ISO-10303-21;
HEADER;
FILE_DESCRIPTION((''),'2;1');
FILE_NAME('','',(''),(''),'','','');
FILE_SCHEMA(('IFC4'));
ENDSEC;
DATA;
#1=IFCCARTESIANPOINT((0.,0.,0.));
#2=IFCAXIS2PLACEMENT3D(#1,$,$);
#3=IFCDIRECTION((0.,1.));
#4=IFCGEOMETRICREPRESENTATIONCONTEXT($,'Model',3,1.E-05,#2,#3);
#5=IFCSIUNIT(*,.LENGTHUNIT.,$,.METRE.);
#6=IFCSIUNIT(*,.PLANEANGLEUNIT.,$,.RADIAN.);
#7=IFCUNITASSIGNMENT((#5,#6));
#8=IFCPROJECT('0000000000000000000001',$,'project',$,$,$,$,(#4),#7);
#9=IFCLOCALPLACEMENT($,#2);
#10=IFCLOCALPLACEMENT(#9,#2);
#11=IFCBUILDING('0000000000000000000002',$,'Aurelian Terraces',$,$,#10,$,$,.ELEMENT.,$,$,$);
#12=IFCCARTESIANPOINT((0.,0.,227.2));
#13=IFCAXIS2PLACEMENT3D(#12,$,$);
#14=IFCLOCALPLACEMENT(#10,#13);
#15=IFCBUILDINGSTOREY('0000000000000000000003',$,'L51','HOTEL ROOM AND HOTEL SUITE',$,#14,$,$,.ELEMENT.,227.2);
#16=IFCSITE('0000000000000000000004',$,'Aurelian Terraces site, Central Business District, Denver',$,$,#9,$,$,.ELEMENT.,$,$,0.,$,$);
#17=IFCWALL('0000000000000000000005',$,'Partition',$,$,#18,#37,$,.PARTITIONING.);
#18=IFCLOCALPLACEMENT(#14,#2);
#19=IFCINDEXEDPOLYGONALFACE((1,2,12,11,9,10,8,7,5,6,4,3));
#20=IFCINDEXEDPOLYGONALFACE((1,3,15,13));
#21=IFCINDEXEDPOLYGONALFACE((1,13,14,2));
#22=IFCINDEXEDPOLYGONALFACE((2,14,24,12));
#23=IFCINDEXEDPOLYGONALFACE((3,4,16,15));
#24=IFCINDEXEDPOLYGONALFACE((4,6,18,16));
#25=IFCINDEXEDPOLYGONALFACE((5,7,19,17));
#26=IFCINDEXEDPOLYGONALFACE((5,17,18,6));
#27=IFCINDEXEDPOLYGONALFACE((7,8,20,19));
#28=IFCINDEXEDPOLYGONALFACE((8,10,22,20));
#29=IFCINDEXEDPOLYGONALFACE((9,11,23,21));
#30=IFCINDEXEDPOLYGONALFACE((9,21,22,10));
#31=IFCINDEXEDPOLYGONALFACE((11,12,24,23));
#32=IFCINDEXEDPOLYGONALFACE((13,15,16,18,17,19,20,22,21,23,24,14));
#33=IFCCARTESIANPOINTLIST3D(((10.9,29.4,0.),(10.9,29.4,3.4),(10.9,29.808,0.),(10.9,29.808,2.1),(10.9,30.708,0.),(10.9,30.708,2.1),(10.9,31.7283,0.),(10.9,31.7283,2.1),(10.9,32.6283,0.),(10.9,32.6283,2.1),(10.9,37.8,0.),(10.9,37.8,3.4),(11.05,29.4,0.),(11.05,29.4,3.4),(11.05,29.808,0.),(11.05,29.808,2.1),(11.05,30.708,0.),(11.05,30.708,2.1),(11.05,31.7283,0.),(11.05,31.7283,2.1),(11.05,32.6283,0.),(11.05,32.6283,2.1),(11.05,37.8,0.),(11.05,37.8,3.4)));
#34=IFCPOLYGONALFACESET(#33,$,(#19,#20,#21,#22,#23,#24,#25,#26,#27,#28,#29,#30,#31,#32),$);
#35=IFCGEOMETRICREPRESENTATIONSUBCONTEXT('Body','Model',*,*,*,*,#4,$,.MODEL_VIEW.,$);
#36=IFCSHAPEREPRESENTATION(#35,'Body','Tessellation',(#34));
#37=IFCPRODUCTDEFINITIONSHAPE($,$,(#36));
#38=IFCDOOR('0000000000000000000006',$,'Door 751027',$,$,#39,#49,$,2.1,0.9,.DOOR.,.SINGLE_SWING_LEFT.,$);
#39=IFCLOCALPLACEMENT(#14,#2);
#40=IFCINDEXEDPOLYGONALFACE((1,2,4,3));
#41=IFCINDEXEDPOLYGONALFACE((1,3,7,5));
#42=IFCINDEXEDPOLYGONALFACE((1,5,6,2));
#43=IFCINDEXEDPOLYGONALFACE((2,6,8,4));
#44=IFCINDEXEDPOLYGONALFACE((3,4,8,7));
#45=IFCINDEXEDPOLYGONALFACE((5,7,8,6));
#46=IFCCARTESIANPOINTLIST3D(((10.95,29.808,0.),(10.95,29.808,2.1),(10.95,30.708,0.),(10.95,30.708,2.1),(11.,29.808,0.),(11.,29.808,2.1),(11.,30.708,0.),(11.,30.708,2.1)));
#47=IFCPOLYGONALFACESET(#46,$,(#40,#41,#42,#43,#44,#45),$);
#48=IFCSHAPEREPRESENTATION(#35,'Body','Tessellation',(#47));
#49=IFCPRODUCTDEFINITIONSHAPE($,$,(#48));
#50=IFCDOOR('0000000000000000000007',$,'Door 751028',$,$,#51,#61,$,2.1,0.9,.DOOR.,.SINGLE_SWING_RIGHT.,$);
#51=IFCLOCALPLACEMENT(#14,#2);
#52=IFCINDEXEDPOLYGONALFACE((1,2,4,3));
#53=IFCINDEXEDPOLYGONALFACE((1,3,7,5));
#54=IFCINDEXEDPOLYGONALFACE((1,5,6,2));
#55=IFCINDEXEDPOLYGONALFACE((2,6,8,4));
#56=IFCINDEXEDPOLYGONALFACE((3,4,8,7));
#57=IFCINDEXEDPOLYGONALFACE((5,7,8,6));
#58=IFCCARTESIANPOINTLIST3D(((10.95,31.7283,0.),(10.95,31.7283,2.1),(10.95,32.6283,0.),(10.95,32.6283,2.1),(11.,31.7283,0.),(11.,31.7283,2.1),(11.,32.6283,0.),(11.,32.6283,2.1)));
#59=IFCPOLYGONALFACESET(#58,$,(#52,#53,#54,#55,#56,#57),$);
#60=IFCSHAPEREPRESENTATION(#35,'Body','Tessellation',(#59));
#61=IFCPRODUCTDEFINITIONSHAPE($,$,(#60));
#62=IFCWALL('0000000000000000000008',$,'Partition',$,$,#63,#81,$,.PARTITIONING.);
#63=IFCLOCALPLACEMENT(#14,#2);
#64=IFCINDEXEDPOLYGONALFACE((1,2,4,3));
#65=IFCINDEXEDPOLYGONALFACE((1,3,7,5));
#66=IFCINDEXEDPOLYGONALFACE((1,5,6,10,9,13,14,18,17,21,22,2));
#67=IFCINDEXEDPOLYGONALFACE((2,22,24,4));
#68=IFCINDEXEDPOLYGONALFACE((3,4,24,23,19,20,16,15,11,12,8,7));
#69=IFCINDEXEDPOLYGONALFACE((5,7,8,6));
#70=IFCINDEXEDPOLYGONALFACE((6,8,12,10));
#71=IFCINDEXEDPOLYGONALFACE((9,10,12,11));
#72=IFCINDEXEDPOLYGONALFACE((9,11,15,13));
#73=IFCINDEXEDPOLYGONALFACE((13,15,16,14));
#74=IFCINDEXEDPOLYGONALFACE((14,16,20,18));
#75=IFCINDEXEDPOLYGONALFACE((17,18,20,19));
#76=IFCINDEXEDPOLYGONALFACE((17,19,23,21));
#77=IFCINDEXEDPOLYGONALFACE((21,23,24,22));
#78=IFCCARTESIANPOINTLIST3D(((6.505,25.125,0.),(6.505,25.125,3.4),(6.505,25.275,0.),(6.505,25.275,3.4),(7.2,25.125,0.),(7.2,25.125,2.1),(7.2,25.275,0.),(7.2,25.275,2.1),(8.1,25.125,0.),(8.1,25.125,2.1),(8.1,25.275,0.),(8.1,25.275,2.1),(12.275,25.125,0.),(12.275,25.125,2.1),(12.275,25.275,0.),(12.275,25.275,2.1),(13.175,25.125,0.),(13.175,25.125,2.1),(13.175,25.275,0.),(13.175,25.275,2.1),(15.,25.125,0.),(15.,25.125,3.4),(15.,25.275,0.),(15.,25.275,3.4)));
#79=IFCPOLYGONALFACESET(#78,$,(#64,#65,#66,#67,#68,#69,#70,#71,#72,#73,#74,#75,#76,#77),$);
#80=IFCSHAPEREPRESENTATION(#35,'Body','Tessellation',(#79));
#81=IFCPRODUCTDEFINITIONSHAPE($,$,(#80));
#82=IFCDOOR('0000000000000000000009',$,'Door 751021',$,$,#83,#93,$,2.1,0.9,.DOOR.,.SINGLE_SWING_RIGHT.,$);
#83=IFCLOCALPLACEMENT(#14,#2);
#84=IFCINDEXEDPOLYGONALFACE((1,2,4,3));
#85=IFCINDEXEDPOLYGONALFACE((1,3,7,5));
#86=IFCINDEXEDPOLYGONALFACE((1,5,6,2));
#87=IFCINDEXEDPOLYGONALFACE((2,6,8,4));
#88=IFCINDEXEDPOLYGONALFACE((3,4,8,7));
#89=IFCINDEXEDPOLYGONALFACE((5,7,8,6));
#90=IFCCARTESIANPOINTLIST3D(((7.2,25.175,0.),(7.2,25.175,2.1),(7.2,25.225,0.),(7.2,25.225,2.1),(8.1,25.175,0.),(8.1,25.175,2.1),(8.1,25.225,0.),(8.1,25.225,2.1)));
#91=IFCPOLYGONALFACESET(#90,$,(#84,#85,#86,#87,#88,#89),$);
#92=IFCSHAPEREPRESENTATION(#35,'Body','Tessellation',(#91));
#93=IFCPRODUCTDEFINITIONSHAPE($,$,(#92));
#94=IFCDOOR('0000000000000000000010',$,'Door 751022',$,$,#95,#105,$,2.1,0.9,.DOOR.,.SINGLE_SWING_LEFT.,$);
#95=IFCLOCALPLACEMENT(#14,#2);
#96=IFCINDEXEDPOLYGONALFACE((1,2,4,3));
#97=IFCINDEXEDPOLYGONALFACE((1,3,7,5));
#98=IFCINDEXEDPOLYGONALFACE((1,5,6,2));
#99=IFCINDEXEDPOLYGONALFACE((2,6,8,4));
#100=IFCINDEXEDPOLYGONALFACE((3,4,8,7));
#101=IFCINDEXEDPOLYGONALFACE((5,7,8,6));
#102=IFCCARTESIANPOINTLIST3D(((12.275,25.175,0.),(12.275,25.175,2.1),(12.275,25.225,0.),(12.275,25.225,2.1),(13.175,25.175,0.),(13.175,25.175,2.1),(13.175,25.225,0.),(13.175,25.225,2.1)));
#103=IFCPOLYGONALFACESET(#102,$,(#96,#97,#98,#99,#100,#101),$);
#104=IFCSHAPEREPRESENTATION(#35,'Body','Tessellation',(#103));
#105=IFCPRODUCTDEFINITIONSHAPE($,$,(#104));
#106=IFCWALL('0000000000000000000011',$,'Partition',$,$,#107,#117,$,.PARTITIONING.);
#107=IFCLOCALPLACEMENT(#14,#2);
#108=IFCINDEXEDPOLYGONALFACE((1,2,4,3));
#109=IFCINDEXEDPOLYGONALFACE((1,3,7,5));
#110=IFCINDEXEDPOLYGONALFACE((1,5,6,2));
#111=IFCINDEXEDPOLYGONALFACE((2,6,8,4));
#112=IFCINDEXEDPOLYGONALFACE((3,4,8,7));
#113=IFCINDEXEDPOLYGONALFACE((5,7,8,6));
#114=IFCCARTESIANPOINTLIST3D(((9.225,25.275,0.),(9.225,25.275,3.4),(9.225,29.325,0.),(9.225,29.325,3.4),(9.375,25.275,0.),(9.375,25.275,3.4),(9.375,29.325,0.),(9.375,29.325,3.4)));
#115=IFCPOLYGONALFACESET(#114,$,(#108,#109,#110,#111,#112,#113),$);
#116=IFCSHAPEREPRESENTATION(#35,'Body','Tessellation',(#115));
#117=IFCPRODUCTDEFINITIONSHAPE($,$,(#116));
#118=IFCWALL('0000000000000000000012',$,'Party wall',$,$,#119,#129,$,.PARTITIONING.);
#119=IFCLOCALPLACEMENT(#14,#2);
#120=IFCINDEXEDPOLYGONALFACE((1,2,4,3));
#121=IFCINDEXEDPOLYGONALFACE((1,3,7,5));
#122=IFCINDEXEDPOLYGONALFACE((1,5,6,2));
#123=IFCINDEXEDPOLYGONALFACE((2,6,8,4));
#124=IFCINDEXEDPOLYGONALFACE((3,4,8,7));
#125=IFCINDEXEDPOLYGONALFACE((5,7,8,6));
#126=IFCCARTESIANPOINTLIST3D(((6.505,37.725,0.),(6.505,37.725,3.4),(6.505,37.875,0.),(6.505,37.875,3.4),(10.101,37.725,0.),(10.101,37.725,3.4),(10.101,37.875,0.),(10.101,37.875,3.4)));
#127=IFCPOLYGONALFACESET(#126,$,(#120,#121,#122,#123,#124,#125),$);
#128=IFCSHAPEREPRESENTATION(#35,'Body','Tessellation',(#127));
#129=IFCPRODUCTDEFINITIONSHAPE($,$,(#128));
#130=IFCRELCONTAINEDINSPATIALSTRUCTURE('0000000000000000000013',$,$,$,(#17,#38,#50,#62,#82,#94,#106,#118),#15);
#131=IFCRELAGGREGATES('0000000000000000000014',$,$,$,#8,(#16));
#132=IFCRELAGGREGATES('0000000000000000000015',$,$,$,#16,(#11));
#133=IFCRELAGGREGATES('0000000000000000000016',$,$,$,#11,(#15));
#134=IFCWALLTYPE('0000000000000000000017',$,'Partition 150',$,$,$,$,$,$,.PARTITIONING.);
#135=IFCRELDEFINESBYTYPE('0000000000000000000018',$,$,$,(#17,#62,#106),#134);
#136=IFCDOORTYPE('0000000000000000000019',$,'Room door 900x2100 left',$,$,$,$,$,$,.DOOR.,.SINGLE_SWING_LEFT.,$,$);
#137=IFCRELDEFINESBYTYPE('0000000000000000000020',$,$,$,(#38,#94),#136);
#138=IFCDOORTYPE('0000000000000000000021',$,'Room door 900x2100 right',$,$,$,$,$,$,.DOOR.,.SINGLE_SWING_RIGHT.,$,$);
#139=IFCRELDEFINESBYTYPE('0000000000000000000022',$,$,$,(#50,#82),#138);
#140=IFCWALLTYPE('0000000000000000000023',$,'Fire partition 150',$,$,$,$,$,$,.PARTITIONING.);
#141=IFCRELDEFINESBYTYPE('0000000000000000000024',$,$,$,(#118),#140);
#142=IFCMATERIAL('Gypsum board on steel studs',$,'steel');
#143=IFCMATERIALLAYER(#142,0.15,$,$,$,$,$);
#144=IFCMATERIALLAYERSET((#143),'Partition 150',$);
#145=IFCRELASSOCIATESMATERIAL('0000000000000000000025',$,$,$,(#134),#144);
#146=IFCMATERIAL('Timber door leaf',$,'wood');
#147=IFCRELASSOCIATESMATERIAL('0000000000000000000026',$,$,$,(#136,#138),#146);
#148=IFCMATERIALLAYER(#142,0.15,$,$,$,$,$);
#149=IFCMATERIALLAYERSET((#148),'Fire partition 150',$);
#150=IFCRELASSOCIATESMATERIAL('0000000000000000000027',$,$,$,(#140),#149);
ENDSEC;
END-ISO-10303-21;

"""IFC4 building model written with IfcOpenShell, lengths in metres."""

from ifc_helpers import new_model, si_unit, direction, frame, frame_2d, origin, place, context, subcontext, project, spatial, rectangle, extrude, source, transform, mapped, material, layer, layer_set, type_object, element, fill, save


model = new_model("IFC4")

# Units and contexts
model_context = context("Model", 3, precision=1e-05, world=origin(), true_north=direction((0.0, 1.0)))
body_context = subcontext(model_context, "Body", "Model", "MODEL_VIEW")
ifc_project = project(units=[si_unit("LENGTHUNIT", "METRE"), si_unit("PLANEANGLEUNIT", "RADIAN")], contexts=[model_context])

# Site, building, storey
site_placement = place(None, origin())
site = spatial("IfcSite", under=ifc_project, at=site_placement, Name="Aurelian Terraces site, Central Business District, Denver", CompositionType="ELEMENT", RefElevation=0.0)
building_placement = place(site_placement, origin())
building = spatial("IfcBuilding", under=site, at=building_placement, Name="Aurelian Terraces", CompositionType="ELEMENT")
storey_placement = place(building_placement, frame((0.0, 0.0, 227.2)))
storey = spatial("IfcBuildingStorey", under=building, at=storey_placement, Name="L51", Description="HOTEL ROOM AND HOTEL SUITE", CompositionType="ELEMENT", Elevation=227.2)

# Shared definitions
ifc_material_1 = material(Name="Gypsum board on steel studs", Category="steel")
ifc_layer_1 = layer(ifc_material_1, 0.15)
ifc_layer_set_1 = layer_set([ifc_layer_1], Name="Partition 150")
wall_type_1 = type_object("IfcWallType", Name="Partition 150", PredefinedType="PARTITIONING", material=ifc_layer_set_1)

# Walls, openings, doors
shared_shape_1 = source(origin(), body_context, "Body", "SweptSolid", [
    extrude(rectangle(XDim=8.4, YDim=0.15, at=frame_2d((4.2, 0.0))), origin(), (0.0, 0.0, 1.0), 3.4),
])
wall_1_placement = place(storey_placement, frame((10.975, 29.4, 0.0), z_axis=(0.0, 0.0, 1.0), x_axis=(0.0, 1.0, 0.0)))
wall_1 = element("IfcWall", 1, at=wall_1_placement, inside=storey, type_object=wall_type_1, Name="Partition", PredefinedType="PARTITIONING", context=body_context, shape_type="MappedRepresentation", body=[
    mapped(shared_shape_1, transform((0.0, 0.0, 0.0), scale=1.0)),
])
shared_shape_2 = source(origin(), body_context, "Body", "SweptSolid", [
    extrude(rectangle(XDim=0.9, YDim=2.1, at=frame_2d((0.45, 1.05))), frame((0.0, 0.085, 0.0), z_axis=(0.0, -1.0, 0.0), x_axis=(1.0, 0.0, 0.0)), (0.0, 0.0, 1.0), 0.17),
])
opening_1_placement = place(wall_1_placement, frame((0.408, 0.0, 0.0)))
opening_1 = element("IfcOpeningElement", 2, at=opening_1_placement, cuts=wall_1, PredefinedType="OPENING", context=body_context, shape_type="MappedRepresentation", body=[
    mapped(shared_shape_2, transform((0.0, 0.0, 0.0), scale=1.0)),
])
opening_2_placement = place(wall_1_placement, frame((2.3283, 0.0, 0.0)))
opening_2 = element("IfcOpeningElement", 3, at=opening_2_placement, cuts=wall_1, PredefinedType="OPENING", context=body_context, shape_type="MappedRepresentation", body=[
    mapped(shared_shape_2, transform((0.0, 0.0, 0.0), scale=1.0)),
])
ifc_material_2 = material(Name="Timber door leaf", Category="wood")
door_type_1 = type_object("IfcDoorType", Name="Room door 900x2100 left", OperationType="SINGLE_SWING_LEFT", PredefinedType="DOOR", material=ifc_material_2)
shared_shape_3 = source(origin(), body_context, "Body", "SweptSolid", [
    extrude(rectangle(XDim=0.9, YDim=2.1, at=frame_2d((0.45, 1.05))), frame((0.0, 0.025, 0.0), z_axis=(0.0, -1.0, 0.0), x_axis=(1.0, 0.0, 0.0)), (0.0, 0.0, 1.0), 0.05),
])
door_1_placement = place(opening_1_placement, origin())
door_1 = element("IfcDoor", 4, at=door_1_placement, inside=storey, type_object=door_type_1, Name="Door 751027", OperationType="SINGLE_SWING_LEFT", OverallHeight=2.1, OverallWidth=0.9, PredefinedType="DOOR", context=body_context, shape_type="MappedRepresentation", body=[
    mapped(shared_shape_3, transform((0.0, 0.0, 0.0), scale=1.0)),
])
fill(opening_1, door_1)
door_type_2 = type_object("IfcDoorType", Name="Room door 900x2100 right", OperationType="SINGLE_SWING_RIGHT", PredefinedType="DOOR", material=ifc_material_2)
door_2_placement = place(opening_2_placement, origin())
door_2 = element("IfcDoor", 5, at=door_2_placement, inside=storey, type_object=door_type_2, Name="Door 751028", OperationType="SINGLE_SWING_RIGHT", OverallHeight=2.1, OverallWidth=0.9, PredefinedType="DOOR", context=body_context, shape_type="MappedRepresentation", body=[
    mapped(shared_shape_3, transform((0.0, 0.0, 0.0), scale=1.0)),
])
fill(opening_2, door_2)
shared_shape_4 = source(origin(), body_context, "Body", "SweptSolid", [
    extrude(rectangle(XDim=8.495, YDim=0.15, at=frame_2d((4.2475, 0.0))), origin(), (0.0, 0.0, 1.0), 3.4),
])
wall_2_placement = place(storey_placement, frame((6.505, 25.2, 0.0), z_axis=(0.0, 0.0, 1.0), x_axis=(1.0, 0.0, 0.0)))
wall_2 = element("IfcWall", 6, at=wall_2_placement, inside=storey, type_object=wall_type_1, Name="Partition", PredefinedType="PARTITIONING", context=body_context, shape_type="MappedRepresentation", body=[
    mapped(shared_shape_4, transform((0.0, 0.0, 0.0), scale=1.0)),
])
opening_3_placement = place(wall_2_placement, frame((0.695, 0.0, 0.0)))
opening_3 = element("IfcOpeningElement", 7, at=opening_3_placement, cuts=wall_2, PredefinedType="OPENING", context=body_context, shape_type="MappedRepresentation", body=[
    mapped(shared_shape_2, transform((0.0, 0.0, 0.0), scale=1.0)),
])
opening_4_placement = place(wall_2_placement, frame((5.77, 0.0, 0.0)))
opening_4 = element("IfcOpeningElement", 8, at=opening_4_placement, cuts=wall_2, PredefinedType="OPENING", context=body_context, shape_type="MappedRepresentation", body=[
    mapped(shared_shape_2, transform((0.0, 0.0, 0.0), scale=1.0)),
])
door_3_placement = place(opening_3_placement, origin())
door_3 = element("IfcDoor", 9, at=door_3_placement, inside=storey, type_object=door_type_2, Name="Door 751021", OperationType="SINGLE_SWING_RIGHT", OverallHeight=2.1, OverallWidth=0.9, PredefinedType="DOOR", context=body_context, shape_type="MappedRepresentation", body=[
    mapped(shared_shape_3, transform((0.0, 0.0, 0.0), scale=1.0)),
])
fill(opening_3, door_3)
door_4_placement = place(opening_4_placement, origin())
door_4 = element("IfcDoor", 10, at=door_4_placement, inside=storey, type_object=door_type_1, Name="Door 751022", OperationType="SINGLE_SWING_LEFT", OverallHeight=2.1, OverallWidth=0.9, PredefinedType="DOOR", context=body_context, shape_type="MappedRepresentation", body=[
    mapped(shared_shape_3, transform((0.0, 0.0, 0.0), scale=1.0)),
])
fill(opening_4, door_4)

# Walls
shared_shape_5 = source(origin(), body_context, "Body", "SweptSolid", [
    extrude(rectangle(XDim=4.05, YDim=0.15, at=frame_2d((2.025, 0.0))), origin(), (0.0, 0.0, 1.0), 3.4),
])
wall_3_placement = place(storey_placement, frame((9.3, 25.275, 0.0), z_axis=(0.0, 0.0, 1.0), x_axis=(0.0, 1.0, 0.0)))
element("IfcWall", 11, at=wall_3_placement, inside=storey, type_object=wall_type_1, Name="Partition", PredefinedType="PARTITIONING", context=body_context, shape_type="MappedRepresentation", body=[
    mapped(shared_shape_5, transform((0.0, 0.0, 0.0), scale=1.0)),
])
ifc_layer_2 = layer(ifc_material_1, 0.15)
ifc_layer_set_2 = layer_set([ifc_layer_2], Name="Fire partition 150")
wall_type_2 = type_object("IfcWallType", Name="Fire partition 150", PredefinedType="PARTITIONING", material=ifc_layer_set_2)
shared_shape_6 = source(origin(), body_context, "Body", "SweptSolid", [
    extrude(rectangle(XDim=3.596, YDim=0.15, at=frame_2d((1.798, 0.0))), origin(), (0.0, 0.0, 1.0), 3.4),
])
wall_4_placement = place(storey_placement, frame((10.101, 37.8, 0.0), z_axis=(0.0, 0.0, 1.0), x_axis=(-1.0, 0.0, 0.0)))
element("IfcWall", 12, at=wall_4_placement, inside=storey, type_object=wall_type_2, Name="Party wall", PredefinedType="PARTITIONING", context=body_context, shape_type="MappedRepresentation", body=[
    mapped(shared_shape_6, transform((0.0, 0.0, 0.0), scale=1.0)),
])

save(model, "model.ifc")
